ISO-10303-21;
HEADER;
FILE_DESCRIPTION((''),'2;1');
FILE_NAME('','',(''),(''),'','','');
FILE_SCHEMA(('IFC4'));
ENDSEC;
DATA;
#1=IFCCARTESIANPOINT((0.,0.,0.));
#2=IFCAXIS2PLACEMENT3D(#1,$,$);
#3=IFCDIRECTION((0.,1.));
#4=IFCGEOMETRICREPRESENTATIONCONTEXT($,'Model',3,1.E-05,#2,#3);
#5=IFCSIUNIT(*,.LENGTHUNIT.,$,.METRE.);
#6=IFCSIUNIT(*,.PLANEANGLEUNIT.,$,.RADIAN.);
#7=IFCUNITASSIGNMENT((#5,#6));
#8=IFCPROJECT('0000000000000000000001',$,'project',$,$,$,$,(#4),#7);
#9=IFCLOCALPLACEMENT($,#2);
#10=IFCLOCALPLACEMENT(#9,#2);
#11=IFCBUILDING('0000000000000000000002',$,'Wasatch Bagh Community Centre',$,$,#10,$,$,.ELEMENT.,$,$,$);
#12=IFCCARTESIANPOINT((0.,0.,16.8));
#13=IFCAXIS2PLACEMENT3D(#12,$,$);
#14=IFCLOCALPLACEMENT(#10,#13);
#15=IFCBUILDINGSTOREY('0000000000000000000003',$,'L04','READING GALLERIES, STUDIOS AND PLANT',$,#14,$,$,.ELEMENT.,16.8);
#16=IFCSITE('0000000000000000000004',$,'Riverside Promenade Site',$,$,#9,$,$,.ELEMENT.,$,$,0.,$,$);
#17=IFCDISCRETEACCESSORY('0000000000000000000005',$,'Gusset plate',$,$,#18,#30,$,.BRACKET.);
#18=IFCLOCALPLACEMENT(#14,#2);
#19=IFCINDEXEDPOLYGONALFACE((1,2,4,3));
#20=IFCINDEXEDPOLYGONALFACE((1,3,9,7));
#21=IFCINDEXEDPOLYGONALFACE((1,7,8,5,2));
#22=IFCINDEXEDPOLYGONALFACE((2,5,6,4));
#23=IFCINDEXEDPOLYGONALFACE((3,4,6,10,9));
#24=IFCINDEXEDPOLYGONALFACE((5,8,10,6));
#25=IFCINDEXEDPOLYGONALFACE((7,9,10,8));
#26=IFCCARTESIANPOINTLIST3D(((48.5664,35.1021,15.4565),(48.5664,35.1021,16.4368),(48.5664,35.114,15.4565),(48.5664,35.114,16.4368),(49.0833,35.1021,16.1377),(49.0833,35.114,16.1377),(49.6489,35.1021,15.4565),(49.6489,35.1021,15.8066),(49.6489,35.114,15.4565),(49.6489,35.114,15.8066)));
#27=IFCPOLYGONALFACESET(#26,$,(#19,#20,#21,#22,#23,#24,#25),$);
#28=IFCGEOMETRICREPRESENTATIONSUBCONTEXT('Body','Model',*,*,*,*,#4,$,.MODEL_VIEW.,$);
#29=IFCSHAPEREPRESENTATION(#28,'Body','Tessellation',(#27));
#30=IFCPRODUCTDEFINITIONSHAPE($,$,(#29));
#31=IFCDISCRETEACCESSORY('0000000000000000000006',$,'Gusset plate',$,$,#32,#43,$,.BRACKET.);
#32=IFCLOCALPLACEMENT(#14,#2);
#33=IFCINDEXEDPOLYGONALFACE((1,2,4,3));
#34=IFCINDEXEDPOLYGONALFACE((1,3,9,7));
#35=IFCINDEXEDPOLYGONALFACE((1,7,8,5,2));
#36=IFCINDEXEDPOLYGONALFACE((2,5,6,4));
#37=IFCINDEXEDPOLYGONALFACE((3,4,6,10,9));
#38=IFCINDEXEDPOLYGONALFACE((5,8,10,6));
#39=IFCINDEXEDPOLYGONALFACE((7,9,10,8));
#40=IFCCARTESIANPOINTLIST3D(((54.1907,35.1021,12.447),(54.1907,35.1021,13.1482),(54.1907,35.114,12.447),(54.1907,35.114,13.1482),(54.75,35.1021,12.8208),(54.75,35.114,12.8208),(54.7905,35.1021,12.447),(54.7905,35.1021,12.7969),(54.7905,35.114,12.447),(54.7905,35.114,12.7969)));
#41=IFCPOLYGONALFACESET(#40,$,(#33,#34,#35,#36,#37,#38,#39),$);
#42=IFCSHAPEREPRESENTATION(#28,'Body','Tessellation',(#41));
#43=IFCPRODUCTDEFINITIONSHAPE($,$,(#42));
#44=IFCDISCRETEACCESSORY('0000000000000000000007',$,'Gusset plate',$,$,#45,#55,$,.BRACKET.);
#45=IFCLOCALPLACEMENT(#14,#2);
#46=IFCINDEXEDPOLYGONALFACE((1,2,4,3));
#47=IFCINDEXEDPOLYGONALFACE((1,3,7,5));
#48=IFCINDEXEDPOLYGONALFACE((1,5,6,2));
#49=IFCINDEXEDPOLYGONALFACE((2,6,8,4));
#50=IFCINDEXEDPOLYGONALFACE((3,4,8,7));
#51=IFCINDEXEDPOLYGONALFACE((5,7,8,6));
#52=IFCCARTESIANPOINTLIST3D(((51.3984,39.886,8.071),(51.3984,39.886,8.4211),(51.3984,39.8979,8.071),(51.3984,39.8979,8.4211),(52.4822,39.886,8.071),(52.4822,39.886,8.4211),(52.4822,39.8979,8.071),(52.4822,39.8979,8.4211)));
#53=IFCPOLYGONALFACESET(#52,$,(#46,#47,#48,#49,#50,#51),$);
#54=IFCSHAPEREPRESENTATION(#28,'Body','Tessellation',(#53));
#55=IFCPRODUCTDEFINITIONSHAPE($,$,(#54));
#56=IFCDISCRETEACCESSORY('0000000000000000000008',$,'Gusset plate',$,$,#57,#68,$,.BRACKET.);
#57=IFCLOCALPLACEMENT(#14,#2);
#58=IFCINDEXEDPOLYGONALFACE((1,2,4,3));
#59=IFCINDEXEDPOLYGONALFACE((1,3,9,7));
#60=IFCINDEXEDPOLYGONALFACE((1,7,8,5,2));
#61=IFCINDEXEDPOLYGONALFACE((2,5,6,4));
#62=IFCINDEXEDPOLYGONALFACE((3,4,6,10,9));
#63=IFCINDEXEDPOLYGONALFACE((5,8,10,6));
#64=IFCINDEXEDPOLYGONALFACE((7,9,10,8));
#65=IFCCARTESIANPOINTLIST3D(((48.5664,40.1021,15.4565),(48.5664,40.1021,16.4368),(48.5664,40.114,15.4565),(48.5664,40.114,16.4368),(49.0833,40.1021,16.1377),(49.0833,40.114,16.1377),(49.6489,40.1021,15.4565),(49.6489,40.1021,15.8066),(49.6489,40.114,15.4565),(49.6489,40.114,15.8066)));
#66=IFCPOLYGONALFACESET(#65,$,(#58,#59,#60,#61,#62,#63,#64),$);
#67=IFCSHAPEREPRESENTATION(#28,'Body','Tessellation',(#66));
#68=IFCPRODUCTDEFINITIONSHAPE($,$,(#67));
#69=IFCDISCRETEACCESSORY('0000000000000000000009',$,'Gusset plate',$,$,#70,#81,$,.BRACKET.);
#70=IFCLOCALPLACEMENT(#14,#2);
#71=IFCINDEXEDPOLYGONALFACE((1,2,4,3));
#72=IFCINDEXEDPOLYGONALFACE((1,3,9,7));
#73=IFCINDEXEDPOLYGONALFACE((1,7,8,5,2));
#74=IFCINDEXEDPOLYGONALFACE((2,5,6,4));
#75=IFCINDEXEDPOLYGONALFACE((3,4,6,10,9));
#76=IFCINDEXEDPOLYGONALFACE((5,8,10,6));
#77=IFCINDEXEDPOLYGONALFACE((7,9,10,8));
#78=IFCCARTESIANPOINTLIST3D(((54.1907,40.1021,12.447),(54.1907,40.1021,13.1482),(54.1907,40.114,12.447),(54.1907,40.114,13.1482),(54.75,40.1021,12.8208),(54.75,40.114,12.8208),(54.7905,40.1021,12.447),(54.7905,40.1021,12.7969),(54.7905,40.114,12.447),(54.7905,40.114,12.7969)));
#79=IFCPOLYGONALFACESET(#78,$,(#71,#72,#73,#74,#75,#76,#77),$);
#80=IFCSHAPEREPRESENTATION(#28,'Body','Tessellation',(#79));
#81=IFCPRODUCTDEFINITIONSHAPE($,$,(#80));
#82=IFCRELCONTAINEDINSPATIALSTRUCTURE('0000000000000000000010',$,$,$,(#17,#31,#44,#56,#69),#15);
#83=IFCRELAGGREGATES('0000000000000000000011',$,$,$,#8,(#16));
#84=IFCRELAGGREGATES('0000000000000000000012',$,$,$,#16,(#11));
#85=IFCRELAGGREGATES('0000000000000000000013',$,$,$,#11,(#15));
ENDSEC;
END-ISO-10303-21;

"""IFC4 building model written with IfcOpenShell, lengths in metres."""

from ifc_helpers import new_model, si_unit, direction, frame, origin, place, context, subcontext, project, spatial, polyline, outline, extrude, element, save


model = new_model("IFC4")

# Units and contexts
model_context = context("Model", 3, precision=1e-05, world=origin(), true_north=direction((0.0, 1.0)))
body_context = subcontext(model_context, "Body", "Model", "MODEL_VIEW")
ifc_project = project(units=[si_unit("LENGTHUNIT", "METRE"), si_unit("PLANEANGLEUNIT", "RADIAN")], contexts=[model_context])

# Site, building, storey
site_placement = place(None, origin())
site = spatial("IfcSite", under=ifc_project, at=site_placement, Name="Riverside Promenade Site", CompositionType="ELEMENT", RefElevation=0.0)
building_placement = place(site_placement, origin())
building = spatial("IfcBuilding", under=site, at=building_placement, Name="Wasatch Bagh Community Centre", CompositionType="ELEMENT")
storey_placement = place(building_placement, frame((0.0, 0.0, 16.8)))
storey = spatial("IfcBuildingStorey", under=building, at=storey_placement, Name="L04", Description="READING GALLERIES, STUDIOS AND PLANT", CompositionType="ELEMENT", Elevation=16.8)

# Discrete accessories
discrete_accessory_1_placement = place(storey_placement, frame((48.5664, 35.114, 16.4368), z_axis=(0.0, 1.0, 0.0), x_axis=(0.865538, 0.0, -0.500843)))
element("IfcDiscreteAccessory", 1, at=discrete_accessory_1_placement, inside=storey, Name="Gusset plate", PredefinedType="BRACKET", context=body_context, shape_type="SweptSolid", body=[
    extrude(outline(polyline([(0.0, 0.0), (0.5971, 0.0), (1.2526, 0.0032), (1.4279, 0.3062), (0.4909, 0.8484), (0.0, 0.0)])), origin(), (0.0, 0.0, -1.0), 0.012),
])
discrete_accessory_2_placement = place(storey_placement, frame((54.1907, 35.114, 13.1482), z_axis=(0.0, 1.0, 0.0), x_axis=(0.863026, 0.0, -0.505159)))
element("IfcDiscreteAccessory", 2, at=discrete_accessory_2_placement, inside=storey, Name="Gusset plate", PredefinedType="BRACKET", context=body_context, shape_type="SweptSolid", body=[
    extrude(outline(polyline([(0.0, 0.0), (0.6481, 0.0), (0.6952, 0.0002), (0.8719, 0.3021), (0.3542, 0.6051), (0.0, 0.0)])), origin(), (0.0, 0.0, -1.0), 0.012),
])
discrete_accessory_3_placement = place(storey_placement, frame((51.3984, 39.886, 8.071), z_axis=(0.0, -1.0, 0.0), x_axis=(1.0, 0.0, 0.0)))
element("IfcDiscreteAccessory", 3, at=discrete_accessory_3_placement, inside=storey, Name="Gusset plate", PredefinedType="BRACKET", context=body_context, shape_type="SweptSolid", body=[
    extrude(outline(polyline([(0.0, 0.0), (1.0837, 0.0), (1.0837, 0.3501), (0.0, 0.3501), (0.0, 0.0)])), origin(), (0.0, 0.0, -1.0), 0.012),
])
discrete_accessory_4_placement = place(storey_placement, frame((48.5664, 40.114, 16.4368), z_axis=(0.0, 1.0, 0.0), x_axis=(0.865538, 0.0, -0.500843)))
element("IfcDiscreteAccessory", 4, at=discrete_accessory_4_placement, inside=storey, Name="Gusset plate", PredefinedType="BRACKET", context=body_context, shape_type="SweptSolid", body=[
    extrude(outline(polyline([(0.0, 0.0), (0.5971, 0.0), (1.2526, 0.0032), (1.4279, 0.3062), (0.4909, 0.8484), (0.0, 0.0)])), origin(), (0.0, 0.0, -1.0), 0.012),
])
discrete_accessory_5_placement = place(storey_placement, frame((54.1907, 40.114, 13.1482), z_axis=(0.0, 1.0, 0.0), x_axis=(0.863026, 0.0, -0.505159)))
element("IfcDiscreteAccessory", 5, at=discrete_accessory_5_placement, inside=storey, Name="Gusset plate", PredefinedType="BRACKET", context=body_context, shape_type="SweptSolid", body=[
    extrude(outline(polyline([(0.0, 0.0), (0.6481, 0.0), (0.6952, 0.0002), (0.8719, 0.3021), (0.3542, 0.6051), (0.0, 0.0)])), origin(), (0.0, 0.0, -1.0), 0.012),
])

save(model, "model.ifc")
